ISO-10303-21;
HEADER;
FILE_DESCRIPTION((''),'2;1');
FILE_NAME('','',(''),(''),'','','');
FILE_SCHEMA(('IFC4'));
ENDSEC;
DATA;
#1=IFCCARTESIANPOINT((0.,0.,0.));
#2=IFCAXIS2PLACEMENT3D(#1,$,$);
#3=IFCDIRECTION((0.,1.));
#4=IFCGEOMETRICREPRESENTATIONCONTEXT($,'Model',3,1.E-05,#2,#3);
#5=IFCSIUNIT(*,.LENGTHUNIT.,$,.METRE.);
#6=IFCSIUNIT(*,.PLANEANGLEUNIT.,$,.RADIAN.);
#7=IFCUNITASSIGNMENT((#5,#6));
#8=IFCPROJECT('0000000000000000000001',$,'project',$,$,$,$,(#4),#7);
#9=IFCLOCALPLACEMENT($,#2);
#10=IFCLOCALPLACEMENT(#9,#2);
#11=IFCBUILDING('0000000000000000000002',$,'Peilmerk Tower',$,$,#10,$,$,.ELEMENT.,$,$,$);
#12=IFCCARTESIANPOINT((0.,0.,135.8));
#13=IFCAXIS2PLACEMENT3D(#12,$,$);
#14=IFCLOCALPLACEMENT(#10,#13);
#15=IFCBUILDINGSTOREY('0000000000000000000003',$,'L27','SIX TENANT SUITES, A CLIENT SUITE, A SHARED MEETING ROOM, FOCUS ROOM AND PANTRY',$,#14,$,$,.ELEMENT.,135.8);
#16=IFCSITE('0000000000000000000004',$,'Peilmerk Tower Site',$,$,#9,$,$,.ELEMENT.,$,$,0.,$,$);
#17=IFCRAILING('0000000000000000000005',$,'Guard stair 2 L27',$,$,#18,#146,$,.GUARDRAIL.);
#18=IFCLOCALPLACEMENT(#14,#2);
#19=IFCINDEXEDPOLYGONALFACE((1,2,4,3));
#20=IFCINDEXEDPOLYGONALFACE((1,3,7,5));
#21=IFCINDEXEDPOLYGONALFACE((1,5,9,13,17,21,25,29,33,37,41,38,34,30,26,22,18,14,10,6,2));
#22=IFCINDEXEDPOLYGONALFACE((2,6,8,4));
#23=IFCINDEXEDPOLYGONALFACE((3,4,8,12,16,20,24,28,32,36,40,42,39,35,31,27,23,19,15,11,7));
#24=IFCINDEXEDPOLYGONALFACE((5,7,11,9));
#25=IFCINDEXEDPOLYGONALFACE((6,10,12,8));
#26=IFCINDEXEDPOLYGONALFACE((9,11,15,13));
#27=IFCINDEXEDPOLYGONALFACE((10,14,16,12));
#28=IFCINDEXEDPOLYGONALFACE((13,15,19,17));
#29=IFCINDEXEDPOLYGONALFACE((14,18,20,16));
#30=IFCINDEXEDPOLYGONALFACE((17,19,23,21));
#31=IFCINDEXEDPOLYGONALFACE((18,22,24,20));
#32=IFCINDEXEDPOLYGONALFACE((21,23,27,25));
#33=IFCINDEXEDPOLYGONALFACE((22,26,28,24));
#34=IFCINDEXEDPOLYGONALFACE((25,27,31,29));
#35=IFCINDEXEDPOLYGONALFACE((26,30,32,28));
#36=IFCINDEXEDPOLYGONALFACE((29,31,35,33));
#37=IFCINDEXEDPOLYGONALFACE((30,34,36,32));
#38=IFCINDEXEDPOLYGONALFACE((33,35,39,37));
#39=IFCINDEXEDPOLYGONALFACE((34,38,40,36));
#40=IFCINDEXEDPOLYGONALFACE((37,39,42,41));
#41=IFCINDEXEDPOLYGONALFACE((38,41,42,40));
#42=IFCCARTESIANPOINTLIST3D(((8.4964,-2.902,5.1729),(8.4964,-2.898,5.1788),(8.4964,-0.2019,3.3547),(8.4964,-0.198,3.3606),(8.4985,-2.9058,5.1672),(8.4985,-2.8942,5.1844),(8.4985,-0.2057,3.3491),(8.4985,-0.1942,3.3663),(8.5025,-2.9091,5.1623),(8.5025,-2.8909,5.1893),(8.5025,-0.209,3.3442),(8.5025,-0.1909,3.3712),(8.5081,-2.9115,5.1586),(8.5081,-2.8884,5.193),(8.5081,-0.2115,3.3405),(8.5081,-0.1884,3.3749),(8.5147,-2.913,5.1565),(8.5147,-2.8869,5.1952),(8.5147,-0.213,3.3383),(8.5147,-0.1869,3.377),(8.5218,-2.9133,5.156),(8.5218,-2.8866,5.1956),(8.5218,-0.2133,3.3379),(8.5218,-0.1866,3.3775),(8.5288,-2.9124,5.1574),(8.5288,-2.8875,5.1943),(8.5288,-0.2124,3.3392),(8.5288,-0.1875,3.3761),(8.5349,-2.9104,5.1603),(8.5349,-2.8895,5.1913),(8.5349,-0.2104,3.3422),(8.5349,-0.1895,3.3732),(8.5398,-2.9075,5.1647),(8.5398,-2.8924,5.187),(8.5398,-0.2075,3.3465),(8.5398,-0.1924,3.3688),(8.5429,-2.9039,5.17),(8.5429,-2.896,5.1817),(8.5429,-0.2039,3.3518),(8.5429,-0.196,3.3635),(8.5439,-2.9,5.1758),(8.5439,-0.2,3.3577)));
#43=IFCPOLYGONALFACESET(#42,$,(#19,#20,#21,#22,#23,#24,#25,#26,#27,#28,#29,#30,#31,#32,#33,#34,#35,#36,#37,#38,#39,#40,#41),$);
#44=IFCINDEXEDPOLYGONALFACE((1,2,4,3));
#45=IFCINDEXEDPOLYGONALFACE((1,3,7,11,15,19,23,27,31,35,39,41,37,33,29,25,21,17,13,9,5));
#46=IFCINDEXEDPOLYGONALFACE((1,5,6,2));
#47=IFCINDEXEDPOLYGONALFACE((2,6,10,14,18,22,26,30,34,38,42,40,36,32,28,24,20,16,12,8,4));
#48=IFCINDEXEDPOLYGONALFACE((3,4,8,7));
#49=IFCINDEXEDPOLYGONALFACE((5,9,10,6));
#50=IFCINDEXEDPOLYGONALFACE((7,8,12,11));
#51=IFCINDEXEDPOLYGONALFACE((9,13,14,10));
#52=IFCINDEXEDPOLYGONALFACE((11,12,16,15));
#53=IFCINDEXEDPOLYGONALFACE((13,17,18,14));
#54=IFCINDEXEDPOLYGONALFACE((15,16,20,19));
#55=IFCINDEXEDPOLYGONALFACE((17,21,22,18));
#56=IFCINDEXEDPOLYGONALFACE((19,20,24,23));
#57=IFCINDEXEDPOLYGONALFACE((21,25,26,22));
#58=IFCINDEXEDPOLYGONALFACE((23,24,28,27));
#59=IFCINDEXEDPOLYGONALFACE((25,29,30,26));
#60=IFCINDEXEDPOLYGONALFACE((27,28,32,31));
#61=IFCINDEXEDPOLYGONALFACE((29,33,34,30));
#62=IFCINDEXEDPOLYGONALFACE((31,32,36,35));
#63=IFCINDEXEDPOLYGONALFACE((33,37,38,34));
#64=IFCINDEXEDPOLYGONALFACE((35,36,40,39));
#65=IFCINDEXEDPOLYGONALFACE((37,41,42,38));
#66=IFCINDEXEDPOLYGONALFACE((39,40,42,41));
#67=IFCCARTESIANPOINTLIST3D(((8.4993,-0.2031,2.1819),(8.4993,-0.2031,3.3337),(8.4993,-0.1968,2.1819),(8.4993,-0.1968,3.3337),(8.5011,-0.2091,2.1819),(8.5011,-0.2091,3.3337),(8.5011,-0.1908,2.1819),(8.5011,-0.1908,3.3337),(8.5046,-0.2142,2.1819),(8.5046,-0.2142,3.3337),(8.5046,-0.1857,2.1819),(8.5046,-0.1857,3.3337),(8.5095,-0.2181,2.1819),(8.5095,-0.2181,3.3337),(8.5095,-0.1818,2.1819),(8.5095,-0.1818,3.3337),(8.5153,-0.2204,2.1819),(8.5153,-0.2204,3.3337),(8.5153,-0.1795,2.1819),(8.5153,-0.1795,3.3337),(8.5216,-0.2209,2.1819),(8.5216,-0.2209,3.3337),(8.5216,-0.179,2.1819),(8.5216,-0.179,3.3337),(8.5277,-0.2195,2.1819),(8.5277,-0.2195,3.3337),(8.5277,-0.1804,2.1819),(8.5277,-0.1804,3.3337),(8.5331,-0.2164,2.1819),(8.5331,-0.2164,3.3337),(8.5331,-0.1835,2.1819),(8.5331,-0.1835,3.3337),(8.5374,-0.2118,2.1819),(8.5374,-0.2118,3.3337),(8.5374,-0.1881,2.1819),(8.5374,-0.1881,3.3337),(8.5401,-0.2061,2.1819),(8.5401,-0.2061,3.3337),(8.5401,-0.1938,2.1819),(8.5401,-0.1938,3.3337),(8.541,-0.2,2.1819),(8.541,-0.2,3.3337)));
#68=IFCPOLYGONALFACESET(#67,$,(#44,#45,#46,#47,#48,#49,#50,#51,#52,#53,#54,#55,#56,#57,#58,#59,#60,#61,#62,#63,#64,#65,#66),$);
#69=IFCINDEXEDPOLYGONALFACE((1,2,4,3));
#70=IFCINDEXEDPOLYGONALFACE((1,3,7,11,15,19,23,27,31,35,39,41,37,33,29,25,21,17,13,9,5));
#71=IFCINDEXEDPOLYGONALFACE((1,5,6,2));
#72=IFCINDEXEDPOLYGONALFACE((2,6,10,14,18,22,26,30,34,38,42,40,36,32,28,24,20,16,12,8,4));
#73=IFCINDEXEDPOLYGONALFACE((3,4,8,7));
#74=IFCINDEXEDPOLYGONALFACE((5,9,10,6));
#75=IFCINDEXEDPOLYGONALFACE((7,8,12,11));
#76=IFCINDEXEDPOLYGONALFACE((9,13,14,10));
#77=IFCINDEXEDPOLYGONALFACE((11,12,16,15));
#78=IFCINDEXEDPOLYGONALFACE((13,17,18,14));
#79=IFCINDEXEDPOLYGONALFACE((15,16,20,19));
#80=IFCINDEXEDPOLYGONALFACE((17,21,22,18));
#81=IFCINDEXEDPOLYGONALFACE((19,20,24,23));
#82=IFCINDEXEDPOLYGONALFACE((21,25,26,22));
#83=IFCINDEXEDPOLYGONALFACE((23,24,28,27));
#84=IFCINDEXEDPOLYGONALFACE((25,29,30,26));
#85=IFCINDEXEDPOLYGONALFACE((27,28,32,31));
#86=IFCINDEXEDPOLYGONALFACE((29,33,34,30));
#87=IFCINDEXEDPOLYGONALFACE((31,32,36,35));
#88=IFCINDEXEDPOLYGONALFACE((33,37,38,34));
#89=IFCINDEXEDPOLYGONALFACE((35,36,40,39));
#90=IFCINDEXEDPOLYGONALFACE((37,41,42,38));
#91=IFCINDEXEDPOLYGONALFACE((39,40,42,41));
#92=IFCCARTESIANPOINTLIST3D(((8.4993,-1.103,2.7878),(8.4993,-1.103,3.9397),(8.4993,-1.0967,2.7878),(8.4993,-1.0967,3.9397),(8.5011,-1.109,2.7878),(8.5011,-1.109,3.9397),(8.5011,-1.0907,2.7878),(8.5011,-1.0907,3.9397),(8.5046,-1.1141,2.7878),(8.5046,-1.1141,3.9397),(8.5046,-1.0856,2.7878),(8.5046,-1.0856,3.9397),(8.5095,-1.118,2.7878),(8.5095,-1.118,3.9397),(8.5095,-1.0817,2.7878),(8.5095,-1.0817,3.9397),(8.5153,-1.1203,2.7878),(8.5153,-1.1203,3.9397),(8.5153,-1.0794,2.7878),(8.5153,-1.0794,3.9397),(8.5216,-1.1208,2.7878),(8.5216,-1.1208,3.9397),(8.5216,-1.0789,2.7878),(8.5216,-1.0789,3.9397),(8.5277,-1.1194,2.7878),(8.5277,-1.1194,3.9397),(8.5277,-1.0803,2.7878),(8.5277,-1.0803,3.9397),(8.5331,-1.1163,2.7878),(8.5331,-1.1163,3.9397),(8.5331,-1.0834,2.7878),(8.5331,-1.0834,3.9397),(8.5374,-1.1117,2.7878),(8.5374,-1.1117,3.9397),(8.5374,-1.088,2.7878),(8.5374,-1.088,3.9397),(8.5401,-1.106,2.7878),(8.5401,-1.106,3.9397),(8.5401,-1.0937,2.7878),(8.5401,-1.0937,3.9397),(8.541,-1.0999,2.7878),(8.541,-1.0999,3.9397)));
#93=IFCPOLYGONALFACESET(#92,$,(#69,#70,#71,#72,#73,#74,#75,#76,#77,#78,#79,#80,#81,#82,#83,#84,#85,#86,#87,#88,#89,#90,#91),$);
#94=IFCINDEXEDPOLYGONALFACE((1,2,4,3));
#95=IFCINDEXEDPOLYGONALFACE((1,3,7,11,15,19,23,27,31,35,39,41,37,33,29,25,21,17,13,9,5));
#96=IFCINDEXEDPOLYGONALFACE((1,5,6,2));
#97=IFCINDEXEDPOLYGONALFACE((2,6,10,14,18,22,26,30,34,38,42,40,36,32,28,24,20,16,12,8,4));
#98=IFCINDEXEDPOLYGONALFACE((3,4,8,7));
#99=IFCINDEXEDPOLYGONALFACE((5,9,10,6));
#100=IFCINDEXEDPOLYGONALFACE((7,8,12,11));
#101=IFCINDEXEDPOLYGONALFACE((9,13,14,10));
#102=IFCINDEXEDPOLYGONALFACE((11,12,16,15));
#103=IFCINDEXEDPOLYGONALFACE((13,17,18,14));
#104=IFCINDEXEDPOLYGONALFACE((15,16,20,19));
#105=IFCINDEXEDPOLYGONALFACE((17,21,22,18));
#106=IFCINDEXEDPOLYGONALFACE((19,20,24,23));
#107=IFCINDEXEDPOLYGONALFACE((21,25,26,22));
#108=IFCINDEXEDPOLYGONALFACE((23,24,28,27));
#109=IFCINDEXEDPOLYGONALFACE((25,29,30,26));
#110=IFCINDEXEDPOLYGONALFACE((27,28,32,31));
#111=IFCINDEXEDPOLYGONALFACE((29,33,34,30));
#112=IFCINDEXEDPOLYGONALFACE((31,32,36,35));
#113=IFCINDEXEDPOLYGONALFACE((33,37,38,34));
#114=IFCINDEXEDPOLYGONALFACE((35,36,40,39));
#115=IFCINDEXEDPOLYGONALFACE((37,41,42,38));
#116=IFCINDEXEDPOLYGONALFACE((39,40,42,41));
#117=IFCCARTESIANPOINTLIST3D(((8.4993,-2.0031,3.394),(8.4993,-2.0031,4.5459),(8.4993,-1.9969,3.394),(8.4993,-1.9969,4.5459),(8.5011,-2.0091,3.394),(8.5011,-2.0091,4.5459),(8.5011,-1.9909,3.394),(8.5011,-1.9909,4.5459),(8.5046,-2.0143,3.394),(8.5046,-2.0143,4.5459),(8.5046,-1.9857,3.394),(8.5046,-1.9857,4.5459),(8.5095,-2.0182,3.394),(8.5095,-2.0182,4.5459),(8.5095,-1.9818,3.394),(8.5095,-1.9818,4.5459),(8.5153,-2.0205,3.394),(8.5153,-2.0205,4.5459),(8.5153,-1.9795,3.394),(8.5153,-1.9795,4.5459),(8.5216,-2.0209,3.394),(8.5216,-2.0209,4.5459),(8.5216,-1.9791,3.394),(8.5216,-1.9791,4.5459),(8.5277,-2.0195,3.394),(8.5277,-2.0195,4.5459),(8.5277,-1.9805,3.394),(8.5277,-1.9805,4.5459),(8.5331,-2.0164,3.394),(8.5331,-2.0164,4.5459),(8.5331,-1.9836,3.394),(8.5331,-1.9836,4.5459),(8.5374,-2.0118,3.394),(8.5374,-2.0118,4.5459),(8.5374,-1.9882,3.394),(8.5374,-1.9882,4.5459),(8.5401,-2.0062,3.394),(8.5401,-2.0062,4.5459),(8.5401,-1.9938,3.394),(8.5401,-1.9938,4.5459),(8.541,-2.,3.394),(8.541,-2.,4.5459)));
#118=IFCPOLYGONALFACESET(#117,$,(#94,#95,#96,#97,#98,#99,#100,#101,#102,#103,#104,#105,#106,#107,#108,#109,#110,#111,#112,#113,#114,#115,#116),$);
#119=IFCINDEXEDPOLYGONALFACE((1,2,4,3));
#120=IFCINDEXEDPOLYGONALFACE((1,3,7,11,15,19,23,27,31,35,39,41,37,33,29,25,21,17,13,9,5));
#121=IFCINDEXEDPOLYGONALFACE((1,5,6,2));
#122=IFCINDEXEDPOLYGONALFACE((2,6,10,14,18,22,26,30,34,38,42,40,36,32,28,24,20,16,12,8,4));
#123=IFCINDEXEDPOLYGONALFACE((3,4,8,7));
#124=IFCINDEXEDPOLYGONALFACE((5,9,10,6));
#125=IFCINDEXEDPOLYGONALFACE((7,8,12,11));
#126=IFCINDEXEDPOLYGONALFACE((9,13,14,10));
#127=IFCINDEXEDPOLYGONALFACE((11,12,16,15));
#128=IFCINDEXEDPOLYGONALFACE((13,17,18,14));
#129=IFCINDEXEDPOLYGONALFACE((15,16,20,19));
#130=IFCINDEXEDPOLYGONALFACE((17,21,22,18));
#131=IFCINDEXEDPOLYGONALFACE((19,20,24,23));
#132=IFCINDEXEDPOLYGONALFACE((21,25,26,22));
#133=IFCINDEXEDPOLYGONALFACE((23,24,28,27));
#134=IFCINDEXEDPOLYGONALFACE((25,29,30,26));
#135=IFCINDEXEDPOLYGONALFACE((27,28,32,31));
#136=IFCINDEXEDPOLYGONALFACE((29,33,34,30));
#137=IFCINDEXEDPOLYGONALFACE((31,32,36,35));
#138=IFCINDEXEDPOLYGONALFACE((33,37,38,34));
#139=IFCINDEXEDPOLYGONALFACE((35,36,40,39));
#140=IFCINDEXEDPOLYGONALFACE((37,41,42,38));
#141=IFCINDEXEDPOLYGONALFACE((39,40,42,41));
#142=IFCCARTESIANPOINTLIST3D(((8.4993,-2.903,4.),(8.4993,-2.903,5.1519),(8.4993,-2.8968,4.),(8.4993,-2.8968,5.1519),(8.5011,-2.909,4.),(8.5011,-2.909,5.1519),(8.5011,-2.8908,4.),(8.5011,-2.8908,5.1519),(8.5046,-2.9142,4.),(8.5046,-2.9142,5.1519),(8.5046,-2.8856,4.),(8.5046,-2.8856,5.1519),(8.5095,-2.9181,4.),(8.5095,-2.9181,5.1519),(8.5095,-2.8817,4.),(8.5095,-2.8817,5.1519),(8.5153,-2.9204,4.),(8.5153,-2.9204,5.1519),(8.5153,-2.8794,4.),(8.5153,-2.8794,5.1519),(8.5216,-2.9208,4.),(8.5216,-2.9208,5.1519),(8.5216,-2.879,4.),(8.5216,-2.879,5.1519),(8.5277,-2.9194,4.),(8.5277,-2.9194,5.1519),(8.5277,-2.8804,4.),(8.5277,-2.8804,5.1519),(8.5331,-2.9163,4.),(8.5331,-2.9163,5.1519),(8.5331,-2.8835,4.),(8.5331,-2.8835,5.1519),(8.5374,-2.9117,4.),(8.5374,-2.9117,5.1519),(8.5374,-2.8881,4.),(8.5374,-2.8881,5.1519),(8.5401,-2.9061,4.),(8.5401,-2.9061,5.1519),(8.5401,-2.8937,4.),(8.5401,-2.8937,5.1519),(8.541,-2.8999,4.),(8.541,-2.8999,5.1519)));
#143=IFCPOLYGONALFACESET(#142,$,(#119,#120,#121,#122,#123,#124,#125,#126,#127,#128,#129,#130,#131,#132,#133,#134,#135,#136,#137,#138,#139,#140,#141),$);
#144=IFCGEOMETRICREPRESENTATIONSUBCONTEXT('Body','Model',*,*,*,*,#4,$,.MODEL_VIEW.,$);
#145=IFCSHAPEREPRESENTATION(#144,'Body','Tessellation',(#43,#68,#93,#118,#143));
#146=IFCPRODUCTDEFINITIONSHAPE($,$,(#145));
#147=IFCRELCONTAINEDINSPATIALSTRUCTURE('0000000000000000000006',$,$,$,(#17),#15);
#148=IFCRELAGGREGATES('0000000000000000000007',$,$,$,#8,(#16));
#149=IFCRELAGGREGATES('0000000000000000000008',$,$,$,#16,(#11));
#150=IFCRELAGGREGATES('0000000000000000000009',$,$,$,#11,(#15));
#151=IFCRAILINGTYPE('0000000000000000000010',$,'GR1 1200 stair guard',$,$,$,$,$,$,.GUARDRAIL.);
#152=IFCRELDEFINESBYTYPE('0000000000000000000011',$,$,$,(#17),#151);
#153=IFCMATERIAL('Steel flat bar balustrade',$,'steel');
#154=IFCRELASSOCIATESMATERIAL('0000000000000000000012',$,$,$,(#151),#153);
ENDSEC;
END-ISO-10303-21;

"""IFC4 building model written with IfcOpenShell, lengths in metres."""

from ifc_helpers import new_model, si_unit, direction, frame, origin, origin_2d, place, context, subcontext, project, spatial, circle, extrude, material, type_object, element, save


model = new_model("IFC4")

# Units and contexts
model_context = context("Model", 3, precision=1e-05, world=origin(), true_north=direction((0.0, 1.0)))
body_context = subcontext(model_context, "Body", "Model", "MODEL_VIEW")
ifc_project = project(units=[si_unit("LENGTHUNIT", "METRE"), si_unit("PLANEANGLEUNIT", "RADIAN")], contexts=[model_context])

# Site, building, storey
site_placement = place(None, origin())
site = spatial("IfcSite", under=ifc_project, at=site_placement, Name="Peilmerk Tower Site", CompositionType="ELEMENT", RefElevation=0.0)
building_placement = place(site_placement, origin())
building = spatial("IfcBuilding", under=site, at=building_placement, Name="Peilmerk Tower", CompositionType="ELEMENT")
storey_placement = place(building_placement, frame((0.0, 0.0, 135.8)))
storey = spatial("IfcBuildingStorey", under=building, at=storey_placement, Name="L27", Description="SIX TENANT SUITES, A CLIENT SUITE, A SHARED MEETING ROOM, FOCUS ROOM AND PANTRY", CompositionType="ELEMENT", Elevation=135.8)

# Railing
ifc_material_1 = material(Name="Steel flat bar balustrade", Category="steel")
railing_type_1 = type_object("IfcRailingType", Name="GR1 1200 stair guard", PredefinedType="GUARDRAIL", material=ifc_material_1)
railing_1_placement = place(storey_placement, frame((8.52, -0.2, 2.1819)))
element("IfcRailing", 1, at=railing_1_placement, inside=storey, type_object=railing_type_1, Name="Guard stair 2 L27", PredefinedType="GUARDRAIL", context=body_context, shape_type="SweptSolid", body=[
    extrude(circle(Radius=0.0239, at=origin_2d()), frame((0.0, 0.0, 1.1758), z_axis=(0.0, -0.829468, 0.558554), x_axis=(1.0, 0.0, 0.0)), (0.0, 0.0, 1.0), 3.2551),
    extrude(circle(Radius=0.021, at=origin_2d()), origin(), (0.0, 0.0, 1.0), 1.1519),
    extrude(circle(Radius=0.021, at=origin_2d()), frame((0.0, -0.8999, 0.606)), (0.0, 0.0, 1.0), 1.1519),
    extrude(circle(Radius=0.021, at=origin_2d()), frame((0.0, -1.8, 1.2122)), (0.0, 0.0, 1.0), 1.1519),
    extrude(circle(Radius=0.021, at=origin_2d()), frame((0.0, -2.7, 1.8181)), (0.0, 0.0, 1.0), 1.1519),
])

save(model, "model.ifc")
